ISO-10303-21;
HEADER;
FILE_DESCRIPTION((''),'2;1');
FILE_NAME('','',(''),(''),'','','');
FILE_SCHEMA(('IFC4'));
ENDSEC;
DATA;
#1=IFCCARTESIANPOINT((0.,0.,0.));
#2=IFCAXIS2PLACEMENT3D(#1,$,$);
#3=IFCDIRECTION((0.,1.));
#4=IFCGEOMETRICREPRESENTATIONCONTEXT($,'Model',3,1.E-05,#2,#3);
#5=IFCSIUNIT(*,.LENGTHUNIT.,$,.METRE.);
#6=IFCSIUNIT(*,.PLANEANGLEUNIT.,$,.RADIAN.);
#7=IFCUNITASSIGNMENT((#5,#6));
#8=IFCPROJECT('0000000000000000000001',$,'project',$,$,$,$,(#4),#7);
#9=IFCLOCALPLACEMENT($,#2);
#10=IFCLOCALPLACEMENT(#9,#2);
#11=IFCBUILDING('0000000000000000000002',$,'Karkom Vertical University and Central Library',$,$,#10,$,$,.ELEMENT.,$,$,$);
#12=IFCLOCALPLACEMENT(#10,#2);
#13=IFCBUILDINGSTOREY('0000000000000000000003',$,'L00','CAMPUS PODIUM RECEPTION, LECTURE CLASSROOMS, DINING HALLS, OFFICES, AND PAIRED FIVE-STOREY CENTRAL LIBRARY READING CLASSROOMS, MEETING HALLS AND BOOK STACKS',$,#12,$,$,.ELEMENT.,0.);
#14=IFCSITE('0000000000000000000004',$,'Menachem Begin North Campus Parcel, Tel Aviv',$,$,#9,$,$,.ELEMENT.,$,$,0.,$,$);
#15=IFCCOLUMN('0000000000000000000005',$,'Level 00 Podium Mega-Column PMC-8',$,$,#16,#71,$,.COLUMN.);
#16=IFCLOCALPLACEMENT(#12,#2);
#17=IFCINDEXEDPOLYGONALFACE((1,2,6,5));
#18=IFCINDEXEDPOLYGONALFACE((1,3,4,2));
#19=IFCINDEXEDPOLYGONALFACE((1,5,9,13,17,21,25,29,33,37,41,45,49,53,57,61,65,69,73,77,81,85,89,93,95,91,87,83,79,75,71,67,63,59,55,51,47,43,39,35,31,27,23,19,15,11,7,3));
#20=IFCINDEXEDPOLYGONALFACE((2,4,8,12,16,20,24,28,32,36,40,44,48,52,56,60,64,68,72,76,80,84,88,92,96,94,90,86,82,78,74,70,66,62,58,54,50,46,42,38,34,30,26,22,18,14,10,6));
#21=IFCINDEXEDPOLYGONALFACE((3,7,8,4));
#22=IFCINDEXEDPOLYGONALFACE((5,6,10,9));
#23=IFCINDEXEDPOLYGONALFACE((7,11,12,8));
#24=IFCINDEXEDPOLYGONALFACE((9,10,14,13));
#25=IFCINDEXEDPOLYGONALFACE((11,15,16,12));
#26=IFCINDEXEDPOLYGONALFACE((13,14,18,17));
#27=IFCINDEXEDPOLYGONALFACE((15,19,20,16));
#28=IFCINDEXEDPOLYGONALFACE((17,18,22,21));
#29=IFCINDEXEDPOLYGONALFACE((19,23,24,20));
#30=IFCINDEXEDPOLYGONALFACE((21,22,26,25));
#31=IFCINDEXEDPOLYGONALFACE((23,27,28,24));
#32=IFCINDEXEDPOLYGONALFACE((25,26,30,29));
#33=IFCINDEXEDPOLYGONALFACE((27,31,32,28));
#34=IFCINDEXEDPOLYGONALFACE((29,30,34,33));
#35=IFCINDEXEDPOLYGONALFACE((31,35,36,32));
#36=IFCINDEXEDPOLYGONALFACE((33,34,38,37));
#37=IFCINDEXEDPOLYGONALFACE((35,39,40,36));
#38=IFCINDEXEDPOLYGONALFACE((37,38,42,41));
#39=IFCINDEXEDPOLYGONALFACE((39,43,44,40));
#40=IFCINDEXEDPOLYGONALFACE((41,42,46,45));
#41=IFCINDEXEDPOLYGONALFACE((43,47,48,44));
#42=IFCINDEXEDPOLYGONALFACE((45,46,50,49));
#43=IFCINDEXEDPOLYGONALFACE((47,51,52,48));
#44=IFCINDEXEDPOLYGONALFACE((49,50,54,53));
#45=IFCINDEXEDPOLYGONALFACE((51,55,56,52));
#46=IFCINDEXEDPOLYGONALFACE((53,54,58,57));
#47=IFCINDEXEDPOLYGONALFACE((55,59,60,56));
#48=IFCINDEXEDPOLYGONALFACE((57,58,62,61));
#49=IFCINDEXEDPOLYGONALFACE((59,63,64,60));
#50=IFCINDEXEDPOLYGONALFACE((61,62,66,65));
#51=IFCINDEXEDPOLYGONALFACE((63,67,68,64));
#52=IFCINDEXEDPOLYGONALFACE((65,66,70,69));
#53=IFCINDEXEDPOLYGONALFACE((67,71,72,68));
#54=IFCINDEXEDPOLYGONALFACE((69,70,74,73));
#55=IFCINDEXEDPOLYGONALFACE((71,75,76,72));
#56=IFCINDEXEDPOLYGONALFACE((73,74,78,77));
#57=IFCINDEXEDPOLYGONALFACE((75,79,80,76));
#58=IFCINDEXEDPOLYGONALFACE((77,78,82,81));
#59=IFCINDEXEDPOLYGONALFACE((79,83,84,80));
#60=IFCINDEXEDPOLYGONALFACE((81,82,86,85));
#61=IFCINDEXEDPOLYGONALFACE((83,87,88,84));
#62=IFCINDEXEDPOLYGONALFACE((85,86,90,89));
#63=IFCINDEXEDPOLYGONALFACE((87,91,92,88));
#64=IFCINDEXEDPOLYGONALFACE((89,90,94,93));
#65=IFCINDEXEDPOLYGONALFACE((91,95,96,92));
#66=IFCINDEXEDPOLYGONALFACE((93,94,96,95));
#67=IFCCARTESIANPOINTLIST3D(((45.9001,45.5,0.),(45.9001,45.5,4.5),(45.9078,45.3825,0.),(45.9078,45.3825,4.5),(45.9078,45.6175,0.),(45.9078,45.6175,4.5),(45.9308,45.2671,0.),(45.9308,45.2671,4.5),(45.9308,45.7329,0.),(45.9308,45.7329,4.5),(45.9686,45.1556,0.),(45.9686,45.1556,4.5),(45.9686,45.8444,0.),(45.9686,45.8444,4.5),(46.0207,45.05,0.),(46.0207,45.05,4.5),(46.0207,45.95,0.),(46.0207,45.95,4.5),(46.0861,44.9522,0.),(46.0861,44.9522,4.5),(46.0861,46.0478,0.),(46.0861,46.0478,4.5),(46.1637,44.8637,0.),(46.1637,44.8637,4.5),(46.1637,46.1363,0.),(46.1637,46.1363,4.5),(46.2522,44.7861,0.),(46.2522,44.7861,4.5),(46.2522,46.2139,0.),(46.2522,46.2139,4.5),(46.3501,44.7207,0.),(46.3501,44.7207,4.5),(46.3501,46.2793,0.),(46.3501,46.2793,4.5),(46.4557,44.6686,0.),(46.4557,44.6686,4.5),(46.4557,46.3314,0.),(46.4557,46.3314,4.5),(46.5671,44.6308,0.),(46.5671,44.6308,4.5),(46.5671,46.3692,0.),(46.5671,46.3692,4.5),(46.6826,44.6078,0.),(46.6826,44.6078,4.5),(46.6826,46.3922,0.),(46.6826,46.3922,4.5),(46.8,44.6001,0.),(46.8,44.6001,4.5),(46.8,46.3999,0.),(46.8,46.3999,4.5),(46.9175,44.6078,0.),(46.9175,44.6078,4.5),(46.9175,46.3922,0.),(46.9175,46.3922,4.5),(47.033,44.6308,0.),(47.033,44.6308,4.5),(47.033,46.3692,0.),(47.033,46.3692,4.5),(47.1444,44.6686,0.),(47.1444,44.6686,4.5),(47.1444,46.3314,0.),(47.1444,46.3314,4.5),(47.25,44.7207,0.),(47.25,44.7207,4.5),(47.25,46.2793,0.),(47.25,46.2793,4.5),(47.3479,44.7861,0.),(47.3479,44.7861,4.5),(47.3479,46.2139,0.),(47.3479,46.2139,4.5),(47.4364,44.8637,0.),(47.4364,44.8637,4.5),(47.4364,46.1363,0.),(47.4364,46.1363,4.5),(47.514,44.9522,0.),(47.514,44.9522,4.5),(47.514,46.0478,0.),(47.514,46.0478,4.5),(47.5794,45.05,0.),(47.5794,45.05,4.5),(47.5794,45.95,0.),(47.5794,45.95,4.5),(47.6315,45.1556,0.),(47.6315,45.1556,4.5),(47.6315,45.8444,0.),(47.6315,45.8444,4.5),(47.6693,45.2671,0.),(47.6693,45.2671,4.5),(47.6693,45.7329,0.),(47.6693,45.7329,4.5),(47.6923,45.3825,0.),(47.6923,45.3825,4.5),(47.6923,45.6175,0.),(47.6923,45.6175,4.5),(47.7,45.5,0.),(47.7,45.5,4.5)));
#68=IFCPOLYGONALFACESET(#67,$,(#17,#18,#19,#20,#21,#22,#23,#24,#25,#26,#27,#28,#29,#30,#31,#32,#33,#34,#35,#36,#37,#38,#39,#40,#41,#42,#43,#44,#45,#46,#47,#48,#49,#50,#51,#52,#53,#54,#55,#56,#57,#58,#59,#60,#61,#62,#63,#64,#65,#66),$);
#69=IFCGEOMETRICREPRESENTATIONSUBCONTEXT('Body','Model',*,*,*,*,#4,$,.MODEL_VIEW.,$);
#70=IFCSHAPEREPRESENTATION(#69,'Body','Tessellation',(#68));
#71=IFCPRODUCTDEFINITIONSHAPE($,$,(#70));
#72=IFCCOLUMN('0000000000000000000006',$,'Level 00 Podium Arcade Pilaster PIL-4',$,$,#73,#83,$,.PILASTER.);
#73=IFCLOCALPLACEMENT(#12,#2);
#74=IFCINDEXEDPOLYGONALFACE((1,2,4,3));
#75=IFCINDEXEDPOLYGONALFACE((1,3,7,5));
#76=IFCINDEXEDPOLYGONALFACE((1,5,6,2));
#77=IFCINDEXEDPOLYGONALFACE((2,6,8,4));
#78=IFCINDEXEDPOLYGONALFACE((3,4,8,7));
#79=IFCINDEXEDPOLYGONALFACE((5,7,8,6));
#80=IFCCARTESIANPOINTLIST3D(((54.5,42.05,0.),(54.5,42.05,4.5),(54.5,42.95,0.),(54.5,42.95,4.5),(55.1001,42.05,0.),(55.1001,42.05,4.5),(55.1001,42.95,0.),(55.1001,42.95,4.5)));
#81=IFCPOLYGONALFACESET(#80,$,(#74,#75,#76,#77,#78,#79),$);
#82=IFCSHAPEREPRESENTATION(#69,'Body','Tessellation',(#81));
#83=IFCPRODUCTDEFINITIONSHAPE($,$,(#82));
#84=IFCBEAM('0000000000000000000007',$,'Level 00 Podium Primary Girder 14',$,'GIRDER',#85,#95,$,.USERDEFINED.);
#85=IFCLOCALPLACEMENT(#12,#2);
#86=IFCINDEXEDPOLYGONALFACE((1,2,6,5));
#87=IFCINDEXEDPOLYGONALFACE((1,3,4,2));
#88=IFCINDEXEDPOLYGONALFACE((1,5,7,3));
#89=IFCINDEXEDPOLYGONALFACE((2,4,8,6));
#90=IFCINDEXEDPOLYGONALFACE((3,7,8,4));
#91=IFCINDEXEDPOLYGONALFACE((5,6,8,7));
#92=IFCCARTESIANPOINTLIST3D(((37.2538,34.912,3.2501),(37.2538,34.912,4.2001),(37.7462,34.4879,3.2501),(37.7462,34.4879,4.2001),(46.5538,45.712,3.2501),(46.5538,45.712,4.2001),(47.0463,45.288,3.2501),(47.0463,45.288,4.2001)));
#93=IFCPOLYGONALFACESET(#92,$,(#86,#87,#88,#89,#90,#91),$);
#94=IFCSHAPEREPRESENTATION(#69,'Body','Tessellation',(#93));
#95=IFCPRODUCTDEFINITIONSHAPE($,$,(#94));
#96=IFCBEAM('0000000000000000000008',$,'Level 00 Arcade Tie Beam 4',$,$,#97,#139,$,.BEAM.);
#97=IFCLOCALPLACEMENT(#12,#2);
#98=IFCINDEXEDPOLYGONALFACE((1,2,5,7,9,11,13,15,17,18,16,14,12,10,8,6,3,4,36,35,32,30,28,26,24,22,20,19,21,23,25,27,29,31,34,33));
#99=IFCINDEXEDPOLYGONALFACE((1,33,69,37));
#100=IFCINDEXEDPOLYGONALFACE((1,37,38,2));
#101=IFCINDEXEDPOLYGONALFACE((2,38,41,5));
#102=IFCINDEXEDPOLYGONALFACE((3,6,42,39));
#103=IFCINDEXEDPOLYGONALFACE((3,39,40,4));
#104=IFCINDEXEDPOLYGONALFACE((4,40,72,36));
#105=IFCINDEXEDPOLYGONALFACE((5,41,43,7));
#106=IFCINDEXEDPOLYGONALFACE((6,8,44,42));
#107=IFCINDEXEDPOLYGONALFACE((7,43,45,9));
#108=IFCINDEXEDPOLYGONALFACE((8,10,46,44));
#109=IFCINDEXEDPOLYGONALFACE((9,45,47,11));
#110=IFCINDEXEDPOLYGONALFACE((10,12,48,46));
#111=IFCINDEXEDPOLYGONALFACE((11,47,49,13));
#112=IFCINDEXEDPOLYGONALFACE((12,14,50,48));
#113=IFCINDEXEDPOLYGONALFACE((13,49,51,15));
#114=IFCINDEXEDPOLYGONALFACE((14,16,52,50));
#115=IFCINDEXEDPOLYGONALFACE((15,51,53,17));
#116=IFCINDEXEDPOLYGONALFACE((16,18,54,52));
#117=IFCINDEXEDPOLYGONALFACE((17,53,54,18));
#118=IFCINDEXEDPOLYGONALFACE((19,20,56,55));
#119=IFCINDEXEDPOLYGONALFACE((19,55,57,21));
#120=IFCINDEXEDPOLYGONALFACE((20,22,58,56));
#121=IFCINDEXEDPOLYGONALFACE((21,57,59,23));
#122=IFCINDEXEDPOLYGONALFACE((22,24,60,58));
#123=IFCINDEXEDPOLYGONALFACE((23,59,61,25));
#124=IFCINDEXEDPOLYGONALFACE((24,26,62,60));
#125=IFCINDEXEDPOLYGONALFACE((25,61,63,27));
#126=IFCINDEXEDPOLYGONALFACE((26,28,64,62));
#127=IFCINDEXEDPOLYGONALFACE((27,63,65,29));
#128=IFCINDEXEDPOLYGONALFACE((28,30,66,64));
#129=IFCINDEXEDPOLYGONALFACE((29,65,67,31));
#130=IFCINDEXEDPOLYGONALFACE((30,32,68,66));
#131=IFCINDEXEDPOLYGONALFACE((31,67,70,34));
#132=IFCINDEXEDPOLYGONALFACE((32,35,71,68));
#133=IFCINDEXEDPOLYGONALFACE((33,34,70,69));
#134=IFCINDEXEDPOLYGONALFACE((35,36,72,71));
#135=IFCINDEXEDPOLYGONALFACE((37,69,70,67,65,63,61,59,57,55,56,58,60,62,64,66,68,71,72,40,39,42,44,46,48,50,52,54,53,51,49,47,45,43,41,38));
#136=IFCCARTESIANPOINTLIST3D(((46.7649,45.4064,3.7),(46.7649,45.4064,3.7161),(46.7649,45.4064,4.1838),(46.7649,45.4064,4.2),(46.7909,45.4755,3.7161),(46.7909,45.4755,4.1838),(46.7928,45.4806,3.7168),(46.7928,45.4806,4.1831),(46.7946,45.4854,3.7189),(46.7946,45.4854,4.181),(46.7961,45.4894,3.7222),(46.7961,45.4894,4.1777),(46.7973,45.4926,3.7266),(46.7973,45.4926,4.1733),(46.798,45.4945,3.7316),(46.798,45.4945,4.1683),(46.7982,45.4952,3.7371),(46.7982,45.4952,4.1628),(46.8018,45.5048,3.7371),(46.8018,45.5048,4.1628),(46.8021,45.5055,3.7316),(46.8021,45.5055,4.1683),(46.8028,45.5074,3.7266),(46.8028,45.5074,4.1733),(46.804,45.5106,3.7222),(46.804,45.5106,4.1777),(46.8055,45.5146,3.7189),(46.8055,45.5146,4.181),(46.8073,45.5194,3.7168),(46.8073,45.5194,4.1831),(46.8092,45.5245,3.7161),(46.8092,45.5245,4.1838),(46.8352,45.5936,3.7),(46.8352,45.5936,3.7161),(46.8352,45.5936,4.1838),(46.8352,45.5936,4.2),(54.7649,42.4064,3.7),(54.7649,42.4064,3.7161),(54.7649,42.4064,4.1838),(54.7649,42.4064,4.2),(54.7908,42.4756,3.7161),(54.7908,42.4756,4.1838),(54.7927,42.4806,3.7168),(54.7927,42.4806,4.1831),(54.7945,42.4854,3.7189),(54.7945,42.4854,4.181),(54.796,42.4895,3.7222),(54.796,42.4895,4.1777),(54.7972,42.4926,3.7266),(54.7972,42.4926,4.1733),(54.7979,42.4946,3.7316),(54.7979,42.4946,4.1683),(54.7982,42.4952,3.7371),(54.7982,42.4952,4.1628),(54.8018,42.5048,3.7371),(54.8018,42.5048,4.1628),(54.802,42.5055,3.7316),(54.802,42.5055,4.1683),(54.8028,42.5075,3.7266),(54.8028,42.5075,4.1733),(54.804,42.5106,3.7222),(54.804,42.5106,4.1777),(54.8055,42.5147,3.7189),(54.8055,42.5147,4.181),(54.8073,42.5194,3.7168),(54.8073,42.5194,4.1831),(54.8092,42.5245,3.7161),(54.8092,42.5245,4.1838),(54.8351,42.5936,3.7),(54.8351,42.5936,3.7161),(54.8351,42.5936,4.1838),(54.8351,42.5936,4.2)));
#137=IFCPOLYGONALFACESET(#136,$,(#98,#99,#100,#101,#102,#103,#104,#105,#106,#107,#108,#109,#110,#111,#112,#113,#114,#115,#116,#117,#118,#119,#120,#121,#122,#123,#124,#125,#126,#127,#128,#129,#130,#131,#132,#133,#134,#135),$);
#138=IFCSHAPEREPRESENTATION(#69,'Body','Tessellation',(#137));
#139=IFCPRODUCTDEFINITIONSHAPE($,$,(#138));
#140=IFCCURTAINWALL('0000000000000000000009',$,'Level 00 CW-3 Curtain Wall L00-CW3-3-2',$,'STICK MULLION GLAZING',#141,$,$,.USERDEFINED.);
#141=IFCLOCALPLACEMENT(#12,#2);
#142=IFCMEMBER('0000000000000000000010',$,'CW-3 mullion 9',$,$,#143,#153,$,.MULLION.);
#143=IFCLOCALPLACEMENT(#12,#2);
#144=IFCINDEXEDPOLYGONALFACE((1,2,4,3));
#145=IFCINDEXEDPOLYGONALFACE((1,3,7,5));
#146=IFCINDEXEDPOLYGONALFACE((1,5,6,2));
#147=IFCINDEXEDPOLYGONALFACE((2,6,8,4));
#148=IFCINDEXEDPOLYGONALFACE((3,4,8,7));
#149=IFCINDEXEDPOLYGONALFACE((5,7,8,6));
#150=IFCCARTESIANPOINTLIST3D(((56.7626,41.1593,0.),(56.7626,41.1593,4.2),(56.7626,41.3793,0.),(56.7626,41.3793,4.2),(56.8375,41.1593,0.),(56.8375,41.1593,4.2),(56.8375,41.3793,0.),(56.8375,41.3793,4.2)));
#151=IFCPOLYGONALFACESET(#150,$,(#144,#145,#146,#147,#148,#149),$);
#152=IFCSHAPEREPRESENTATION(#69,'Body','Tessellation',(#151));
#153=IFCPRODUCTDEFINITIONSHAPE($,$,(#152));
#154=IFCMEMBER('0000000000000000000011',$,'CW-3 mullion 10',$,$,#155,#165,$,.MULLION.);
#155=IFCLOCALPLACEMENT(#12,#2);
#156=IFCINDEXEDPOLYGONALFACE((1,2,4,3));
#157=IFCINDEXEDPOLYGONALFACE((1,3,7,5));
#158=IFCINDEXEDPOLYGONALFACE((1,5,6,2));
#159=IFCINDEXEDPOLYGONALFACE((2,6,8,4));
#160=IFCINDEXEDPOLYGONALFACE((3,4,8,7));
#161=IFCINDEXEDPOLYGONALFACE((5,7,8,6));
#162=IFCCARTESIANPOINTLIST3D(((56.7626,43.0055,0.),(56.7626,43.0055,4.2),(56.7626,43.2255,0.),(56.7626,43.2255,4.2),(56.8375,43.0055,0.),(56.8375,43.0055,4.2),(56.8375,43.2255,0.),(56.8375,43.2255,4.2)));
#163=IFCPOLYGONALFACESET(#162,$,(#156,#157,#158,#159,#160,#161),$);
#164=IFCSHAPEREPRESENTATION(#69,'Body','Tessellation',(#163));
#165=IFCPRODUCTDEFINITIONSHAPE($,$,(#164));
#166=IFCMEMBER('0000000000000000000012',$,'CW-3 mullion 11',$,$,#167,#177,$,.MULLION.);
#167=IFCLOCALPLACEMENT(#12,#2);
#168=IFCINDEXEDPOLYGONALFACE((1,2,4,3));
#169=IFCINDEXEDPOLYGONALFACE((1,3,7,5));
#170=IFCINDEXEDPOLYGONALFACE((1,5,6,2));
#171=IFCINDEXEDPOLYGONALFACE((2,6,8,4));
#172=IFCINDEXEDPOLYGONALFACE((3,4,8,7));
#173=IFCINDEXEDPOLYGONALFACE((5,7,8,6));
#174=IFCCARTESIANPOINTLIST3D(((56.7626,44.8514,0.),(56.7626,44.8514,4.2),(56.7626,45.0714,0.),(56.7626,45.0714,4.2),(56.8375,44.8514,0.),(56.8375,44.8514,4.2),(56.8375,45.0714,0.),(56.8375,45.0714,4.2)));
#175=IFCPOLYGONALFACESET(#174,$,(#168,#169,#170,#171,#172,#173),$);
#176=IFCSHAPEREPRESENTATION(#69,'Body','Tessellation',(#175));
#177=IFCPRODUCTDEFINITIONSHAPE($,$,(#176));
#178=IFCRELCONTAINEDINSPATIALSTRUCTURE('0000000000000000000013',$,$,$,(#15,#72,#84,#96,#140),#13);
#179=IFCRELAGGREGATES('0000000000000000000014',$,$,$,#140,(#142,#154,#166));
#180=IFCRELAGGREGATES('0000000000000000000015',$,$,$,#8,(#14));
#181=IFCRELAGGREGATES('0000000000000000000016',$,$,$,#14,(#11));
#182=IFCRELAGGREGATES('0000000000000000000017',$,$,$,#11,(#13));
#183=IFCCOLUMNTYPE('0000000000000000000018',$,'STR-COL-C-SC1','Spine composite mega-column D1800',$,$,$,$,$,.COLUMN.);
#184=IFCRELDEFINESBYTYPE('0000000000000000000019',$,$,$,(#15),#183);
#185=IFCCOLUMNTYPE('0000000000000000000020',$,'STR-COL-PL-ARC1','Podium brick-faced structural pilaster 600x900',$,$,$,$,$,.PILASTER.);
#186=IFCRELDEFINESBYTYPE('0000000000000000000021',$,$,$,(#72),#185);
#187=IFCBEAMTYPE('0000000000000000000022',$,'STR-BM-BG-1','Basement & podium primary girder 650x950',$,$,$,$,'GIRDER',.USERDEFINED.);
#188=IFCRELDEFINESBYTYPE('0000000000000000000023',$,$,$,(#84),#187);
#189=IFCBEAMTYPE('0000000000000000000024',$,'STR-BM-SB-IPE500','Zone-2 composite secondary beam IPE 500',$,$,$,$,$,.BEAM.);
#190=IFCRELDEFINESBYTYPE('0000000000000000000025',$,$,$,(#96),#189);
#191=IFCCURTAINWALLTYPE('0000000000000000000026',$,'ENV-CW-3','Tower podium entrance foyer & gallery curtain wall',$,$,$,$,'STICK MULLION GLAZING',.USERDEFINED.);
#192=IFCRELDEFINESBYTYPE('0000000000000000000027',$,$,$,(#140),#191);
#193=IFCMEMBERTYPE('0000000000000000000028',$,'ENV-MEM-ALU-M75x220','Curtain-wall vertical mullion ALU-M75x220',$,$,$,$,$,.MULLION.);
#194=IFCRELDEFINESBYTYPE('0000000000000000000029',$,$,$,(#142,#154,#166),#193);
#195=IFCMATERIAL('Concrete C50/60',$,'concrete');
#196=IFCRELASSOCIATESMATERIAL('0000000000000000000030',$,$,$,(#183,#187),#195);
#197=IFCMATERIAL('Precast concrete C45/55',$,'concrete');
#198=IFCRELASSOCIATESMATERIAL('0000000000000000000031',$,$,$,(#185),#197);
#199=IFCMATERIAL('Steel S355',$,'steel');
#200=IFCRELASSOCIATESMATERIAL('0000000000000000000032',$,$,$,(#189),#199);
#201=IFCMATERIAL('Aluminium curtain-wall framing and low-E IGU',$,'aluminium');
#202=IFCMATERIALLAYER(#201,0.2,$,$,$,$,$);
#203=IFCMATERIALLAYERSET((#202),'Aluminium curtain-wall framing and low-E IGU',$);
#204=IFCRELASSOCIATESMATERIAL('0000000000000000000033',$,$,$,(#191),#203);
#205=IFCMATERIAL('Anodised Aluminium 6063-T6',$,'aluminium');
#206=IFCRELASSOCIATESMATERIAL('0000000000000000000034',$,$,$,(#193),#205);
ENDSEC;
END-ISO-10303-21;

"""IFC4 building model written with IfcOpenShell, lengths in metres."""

from ifc_helpers import new_model, si_unit, direction, frame, origin, origin_with_axes, origin_2d, place, context, subcontext, project, spatial, rectangle, circle, i_section, extrude, source, transform, mapped, material, layer, layer_set, material_profile, profile_set, type_object, element, aggregate, save


model = new_model("IFC4")

# Units and contexts
model_context = context("Model", 3, precision=1e-05, world=origin(), true_north=direction((0.0, 1.0)))
body_context = subcontext(model_context, "Body", "Model", "MODEL_VIEW")
ifc_project = project(units=[si_unit("LENGTHUNIT", "METRE"), si_unit("PLANEANGLEUNIT", "RADIAN")], contexts=[model_context])

# Site, building, storey
site_placement = place(None, origin())
site = spatial("IfcSite", under=ifc_project, at=site_placement, Name="Menachem Begin North Campus Parcel, Tel Aviv", CompositionType="ELEMENT", RefElevation=0.0)
building_placement = place(site_placement, origin())
building = spatial("IfcBuilding", under=site, at=building_placement, Name="Karkom Vertical University and Central Library", CompositionType="ELEMENT")
storey_placement = place(building_placement, origin())
storey = spatial("IfcBuildingStorey", under=building, at=storey_placement, Name="L00", Description="CAMPUS PODIUM RECEPTION, LECTURE CLASSROOMS, DINING HALLS, OFFICES, AND PAIRED FIVE-STOREY CENTRAL LIBRARY READING CLASSROOMS, MEETING HALLS AND BOOK STACKS", CompositionType="ELEMENT", Elevation=0.0)

# Columns
ifc_material_1 = material(Name="Concrete C50/60", Category="concrete")
ifc_material_profile_1 = material_profile(ifc_material_1, circle(Radius=0.8999, at=origin_2d()), Name="CFT-D1800")
ifc_profile_set_1 = profile_set([ifc_material_profile_1], Name="Concrete C50/60")
column_type_1 = type_object("IfcColumnType", Name="STR-COL-C-SC1", Description="Spine composite mega-column D1800", PredefinedType="COLUMN", material=ifc_profile_set_1)
shared_shape_1 = source(origin_with_axes(), body_context, "Body", "SweptSolid", [
    extrude(circle(Radius=0.8999, at=origin_2d()), origin(), (0.0, 0.0, 1.0), 4.5),
])
column_1_placement = place(storey_placement, frame((46.8, 45.5, 0.0), z_axis=(0.0, 0.0, 1.0), x_axis=(1.0, 0.0, 0.0)))
element("IfcColumn", 1, at=column_1_placement, inside=storey, type_object=column_type_1, Name="Level 00 Podium Mega-Column PMC-8", PredefinedType="COLUMN", context=body_context, shape_type="MappedRepresentation", body=[
    mapped(shared_shape_1, transform((0.0, 0.0, 0.0), scale=1.0)),
])
ifc_material_2 = material(Name="Precast concrete C45/55", Category="concrete")
ifc_material_profile_2 = material_profile(ifc_material_2, rectangle(XDim=0.6001, YDim=0.8999, at=origin_2d()), Name="PIL-600x900")
ifc_profile_set_2 = profile_set([ifc_material_profile_2], Name="Precast concrete C45/55")
column_type_2 = type_object("IfcColumnType", Name="STR-COL-PL-ARC1", Description="Podium brick-faced structural pilaster 600x900", PredefinedType="PILASTER", material=ifc_profile_set_2)
shared_shape_2 = source(origin_with_axes(), body_context, "Body", "SweptSolid", [
    extrude(rectangle(XDim=0.6001, YDim=0.8999, at=origin_2d()), origin(), (0.0, 0.0, 1.0), 4.5),
])
column_2_placement = place(storey_placement, frame((54.8, 42.5, 0.0), z_axis=(0.0, 0.0, 1.0), x_axis=(1.0, 0.0, 0.0)))
element("IfcColumn", 2, at=column_2_placement, inside=storey, type_object=column_type_2, Name="Level 00 Podium Arcade Pilaster PIL-4", PredefinedType="PILASTER", context=body_context, shape_type="MappedRepresentation", body=[
    mapped(shared_shape_2, transform((0.0, 0.0, 0.0), scale=1.0)),
])

# Beams
ifc_material_profile_3 = material_profile(ifc_material_1, rectangle(XDim=0.6499, YDim=0.95, at=origin_2d()), Name="RCG-650x950")
ifc_profile_set_3 = profile_set([ifc_material_profile_3], Name="Concrete C50/60")
beam_type_1 = type_object("IfcBeamType", Name="STR-BM-BG-1", Description="Basement & podium primary girder 650x950", ElementType="GIRDER", PredefinedType="USERDEFINED", material=ifc_profile_set_3)
shared_shape_3 = source(origin_with_axes(), body_context, "Body", "SweptSolid", [
    extrude(rectangle(XDim=0.6499, YDim=0.95, at=origin_2d()), origin(), (0.0, 0.0, 1.0), 14.2524),
])
beam_1_placement = place(storey_placement, frame((46.8, 45.5, 3.7251), z_axis=(-0.652523, -0.757769, 0.0), x_axis=(0.757769, -0.652523, 0.0)))
element("IfcBeam", 3, at=beam_1_placement, inside=storey, type_object=beam_type_1, Name="Level 00 Podium Primary Girder 14", ObjectType="GIRDER", PredefinedType="USERDEFINED", context=body_context, shape_type="MappedRepresentation", body=[
    mapped(shared_shape_3, transform((0.0, 0.0, 0.0), scale=1.0)),
])
ifc_material_3 = material(Name="Steel S355", Category="steel")
ifc_material_profile_4 = material_profile(ifc_material_3, i_section(OverallWidth=0.2, OverallDepth=0.5, WebThickness=0.0103, FlangeThickness=0.0161, FilletRadius=0.021, at=origin_2d()), Name="IPE 500")
ifc_profile_set_4 = profile_set([ifc_material_profile_4], Name="Steel S355")
beam_type_2 = type_object("IfcBeamType", Name="STR-BM-SB-IPE500", Description="Zone-2 composite secondary beam IPE 500", PredefinedType="BEAM", material=ifc_profile_set_4)
shared_shape_4 = source(origin_with_axes(), body_context, "Body", "SweptSolid", [
    extrude(i_section(OverallWidth=0.2, OverallDepth=0.5, WebThickness=0.0103, FlangeThickness=0.0161, FilletRadius=0.021, at=origin_2d()), origin(), (0.0, 0.0, 1.0), 8.5439),
])
beam_2_placement = place(storey_placement, frame((46.8, 45.5, 3.95), z_axis=(0.936329, -0.351123, 0.0), x_axis=(0.351123, 0.936329, 0.0)))
element("IfcBeam", 4, at=beam_2_placement, inside=storey, type_object=beam_type_2, Name="Level 00 Arcade Tie Beam 4", PredefinedType="BEAM", context=body_context, shape_type="MappedRepresentation", body=[
    mapped(shared_shape_4, transform((0.0, 0.0, 0.0), scale=1.0)),
])

# Curtain wall, members
ifc_material_4 = material(Name="Aluminium curtain-wall framing and low-E IGU", Category="aluminium")
ifc_layer_1 = layer(ifc_material_4, 0.2)
ifc_layer_set_1 = layer_set([ifc_layer_1], Name="Aluminium curtain-wall framing and low-E IGU")
curtain_wall_type = type_object("IfcCurtainWallType", Name="ENV-CW-3", Description="Tower podium entrance foyer & gallery curtain wall", ElementType="STICK MULLION GLAZING", PredefinedType="USERDEFINED", material=ifc_layer_set_1)
curtain_wall_placement = place(storey_placement, origin())
curtain_wall = element("IfcCurtainWall", 5, at=curtain_wall_placement, inside=storey, type_object=curtain_wall_type, Name="Level 00 CW-3 Curtain Wall L00-CW3-3-2", ObjectType="STICK MULLION GLAZING", PredefinedType="USERDEFINED")
ifc_material_5 = material(Name="Anodised Aluminium 6063-T6", Category="aluminium")
ifc_material_profile_5 = material_profile(ifc_material_5, rectangle(XDim=0.075, YDim=0.22, at=origin_2d()), Name="ALU-M75x220")
ifc_profile_set_5 = profile_set([ifc_material_profile_5], Name="Anodised Aluminium 6063-T6")
member_type_1 = type_object("IfcMemberType", Name="ENV-MEM-ALU-M75x220", Description="Curtain-wall vertical mullion ALU-M75x220", PredefinedType="MULLION", material=ifc_profile_set_5)
shared_shape_5 = source(origin_with_axes(), body_context, "Body", "SweptSolid", [
    extrude(rectangle(XDim=0.075, YDim=0.22, at=origin_2d()), origin(), (0.0, 0.0, 1.0), 4.2),
])
member_1_placement = place(storey_placement, frame((56.8, 41.2693, 0.0), z_axis=(0.0, 0.0, 1.0), x_axis=(-1.0, 0.0, 0.0)))
member_1 = element("IfcMember", 6, at=member_1_placement, type_object=member_type_1, Name="CW-3 mullion 9", PredefinedType="MULLION", context=body_context, shape_type="MappedRepresentation", body=[
    mapped(shared_shape_5, transform((0.0, 0.0, 0.0), scale=1.0)),
])
member_2_placement = place(storey_placement, frame((56.8, 43.1155, 0.0), z_axis=(0.0, 0.0, 1.0), x_axis=(-1.0, 0.0, 0.0)))
member_2 = element("IfcMember", 7, at=member_2_placement, type_object=member_type_1, Name="CW-3 mullion 10", PredefinedType="MULLION", context=body_context, shape_type="MappedRepresentation", body=[
    mapped(shared_shape_5, transform((0.0, 0.0, 0.0), scale=1.0)),
])
member_3_placement = place(storey_placement, frame((56.8, 44.9614, 0.0), z_axis=(0.0, 0.0, 1.0), x_axis=(-1.0, 0.0, 0.0)))
member_3 = element("IfcMember", 8, at=member_3_placement, type_object=member_type_1, Name="CW-3 mullion 11", PredefinedType="MULLION", context=body_context, shape_type="MappedRepresentation", body=[
    mapped(shared_shape_5, transform((0.0, 0.0, 0.0), scale=1.0)),
])
aggregate(curtain_wall, [member_1, member_2, member_3])

save(model, "model.ifc")
